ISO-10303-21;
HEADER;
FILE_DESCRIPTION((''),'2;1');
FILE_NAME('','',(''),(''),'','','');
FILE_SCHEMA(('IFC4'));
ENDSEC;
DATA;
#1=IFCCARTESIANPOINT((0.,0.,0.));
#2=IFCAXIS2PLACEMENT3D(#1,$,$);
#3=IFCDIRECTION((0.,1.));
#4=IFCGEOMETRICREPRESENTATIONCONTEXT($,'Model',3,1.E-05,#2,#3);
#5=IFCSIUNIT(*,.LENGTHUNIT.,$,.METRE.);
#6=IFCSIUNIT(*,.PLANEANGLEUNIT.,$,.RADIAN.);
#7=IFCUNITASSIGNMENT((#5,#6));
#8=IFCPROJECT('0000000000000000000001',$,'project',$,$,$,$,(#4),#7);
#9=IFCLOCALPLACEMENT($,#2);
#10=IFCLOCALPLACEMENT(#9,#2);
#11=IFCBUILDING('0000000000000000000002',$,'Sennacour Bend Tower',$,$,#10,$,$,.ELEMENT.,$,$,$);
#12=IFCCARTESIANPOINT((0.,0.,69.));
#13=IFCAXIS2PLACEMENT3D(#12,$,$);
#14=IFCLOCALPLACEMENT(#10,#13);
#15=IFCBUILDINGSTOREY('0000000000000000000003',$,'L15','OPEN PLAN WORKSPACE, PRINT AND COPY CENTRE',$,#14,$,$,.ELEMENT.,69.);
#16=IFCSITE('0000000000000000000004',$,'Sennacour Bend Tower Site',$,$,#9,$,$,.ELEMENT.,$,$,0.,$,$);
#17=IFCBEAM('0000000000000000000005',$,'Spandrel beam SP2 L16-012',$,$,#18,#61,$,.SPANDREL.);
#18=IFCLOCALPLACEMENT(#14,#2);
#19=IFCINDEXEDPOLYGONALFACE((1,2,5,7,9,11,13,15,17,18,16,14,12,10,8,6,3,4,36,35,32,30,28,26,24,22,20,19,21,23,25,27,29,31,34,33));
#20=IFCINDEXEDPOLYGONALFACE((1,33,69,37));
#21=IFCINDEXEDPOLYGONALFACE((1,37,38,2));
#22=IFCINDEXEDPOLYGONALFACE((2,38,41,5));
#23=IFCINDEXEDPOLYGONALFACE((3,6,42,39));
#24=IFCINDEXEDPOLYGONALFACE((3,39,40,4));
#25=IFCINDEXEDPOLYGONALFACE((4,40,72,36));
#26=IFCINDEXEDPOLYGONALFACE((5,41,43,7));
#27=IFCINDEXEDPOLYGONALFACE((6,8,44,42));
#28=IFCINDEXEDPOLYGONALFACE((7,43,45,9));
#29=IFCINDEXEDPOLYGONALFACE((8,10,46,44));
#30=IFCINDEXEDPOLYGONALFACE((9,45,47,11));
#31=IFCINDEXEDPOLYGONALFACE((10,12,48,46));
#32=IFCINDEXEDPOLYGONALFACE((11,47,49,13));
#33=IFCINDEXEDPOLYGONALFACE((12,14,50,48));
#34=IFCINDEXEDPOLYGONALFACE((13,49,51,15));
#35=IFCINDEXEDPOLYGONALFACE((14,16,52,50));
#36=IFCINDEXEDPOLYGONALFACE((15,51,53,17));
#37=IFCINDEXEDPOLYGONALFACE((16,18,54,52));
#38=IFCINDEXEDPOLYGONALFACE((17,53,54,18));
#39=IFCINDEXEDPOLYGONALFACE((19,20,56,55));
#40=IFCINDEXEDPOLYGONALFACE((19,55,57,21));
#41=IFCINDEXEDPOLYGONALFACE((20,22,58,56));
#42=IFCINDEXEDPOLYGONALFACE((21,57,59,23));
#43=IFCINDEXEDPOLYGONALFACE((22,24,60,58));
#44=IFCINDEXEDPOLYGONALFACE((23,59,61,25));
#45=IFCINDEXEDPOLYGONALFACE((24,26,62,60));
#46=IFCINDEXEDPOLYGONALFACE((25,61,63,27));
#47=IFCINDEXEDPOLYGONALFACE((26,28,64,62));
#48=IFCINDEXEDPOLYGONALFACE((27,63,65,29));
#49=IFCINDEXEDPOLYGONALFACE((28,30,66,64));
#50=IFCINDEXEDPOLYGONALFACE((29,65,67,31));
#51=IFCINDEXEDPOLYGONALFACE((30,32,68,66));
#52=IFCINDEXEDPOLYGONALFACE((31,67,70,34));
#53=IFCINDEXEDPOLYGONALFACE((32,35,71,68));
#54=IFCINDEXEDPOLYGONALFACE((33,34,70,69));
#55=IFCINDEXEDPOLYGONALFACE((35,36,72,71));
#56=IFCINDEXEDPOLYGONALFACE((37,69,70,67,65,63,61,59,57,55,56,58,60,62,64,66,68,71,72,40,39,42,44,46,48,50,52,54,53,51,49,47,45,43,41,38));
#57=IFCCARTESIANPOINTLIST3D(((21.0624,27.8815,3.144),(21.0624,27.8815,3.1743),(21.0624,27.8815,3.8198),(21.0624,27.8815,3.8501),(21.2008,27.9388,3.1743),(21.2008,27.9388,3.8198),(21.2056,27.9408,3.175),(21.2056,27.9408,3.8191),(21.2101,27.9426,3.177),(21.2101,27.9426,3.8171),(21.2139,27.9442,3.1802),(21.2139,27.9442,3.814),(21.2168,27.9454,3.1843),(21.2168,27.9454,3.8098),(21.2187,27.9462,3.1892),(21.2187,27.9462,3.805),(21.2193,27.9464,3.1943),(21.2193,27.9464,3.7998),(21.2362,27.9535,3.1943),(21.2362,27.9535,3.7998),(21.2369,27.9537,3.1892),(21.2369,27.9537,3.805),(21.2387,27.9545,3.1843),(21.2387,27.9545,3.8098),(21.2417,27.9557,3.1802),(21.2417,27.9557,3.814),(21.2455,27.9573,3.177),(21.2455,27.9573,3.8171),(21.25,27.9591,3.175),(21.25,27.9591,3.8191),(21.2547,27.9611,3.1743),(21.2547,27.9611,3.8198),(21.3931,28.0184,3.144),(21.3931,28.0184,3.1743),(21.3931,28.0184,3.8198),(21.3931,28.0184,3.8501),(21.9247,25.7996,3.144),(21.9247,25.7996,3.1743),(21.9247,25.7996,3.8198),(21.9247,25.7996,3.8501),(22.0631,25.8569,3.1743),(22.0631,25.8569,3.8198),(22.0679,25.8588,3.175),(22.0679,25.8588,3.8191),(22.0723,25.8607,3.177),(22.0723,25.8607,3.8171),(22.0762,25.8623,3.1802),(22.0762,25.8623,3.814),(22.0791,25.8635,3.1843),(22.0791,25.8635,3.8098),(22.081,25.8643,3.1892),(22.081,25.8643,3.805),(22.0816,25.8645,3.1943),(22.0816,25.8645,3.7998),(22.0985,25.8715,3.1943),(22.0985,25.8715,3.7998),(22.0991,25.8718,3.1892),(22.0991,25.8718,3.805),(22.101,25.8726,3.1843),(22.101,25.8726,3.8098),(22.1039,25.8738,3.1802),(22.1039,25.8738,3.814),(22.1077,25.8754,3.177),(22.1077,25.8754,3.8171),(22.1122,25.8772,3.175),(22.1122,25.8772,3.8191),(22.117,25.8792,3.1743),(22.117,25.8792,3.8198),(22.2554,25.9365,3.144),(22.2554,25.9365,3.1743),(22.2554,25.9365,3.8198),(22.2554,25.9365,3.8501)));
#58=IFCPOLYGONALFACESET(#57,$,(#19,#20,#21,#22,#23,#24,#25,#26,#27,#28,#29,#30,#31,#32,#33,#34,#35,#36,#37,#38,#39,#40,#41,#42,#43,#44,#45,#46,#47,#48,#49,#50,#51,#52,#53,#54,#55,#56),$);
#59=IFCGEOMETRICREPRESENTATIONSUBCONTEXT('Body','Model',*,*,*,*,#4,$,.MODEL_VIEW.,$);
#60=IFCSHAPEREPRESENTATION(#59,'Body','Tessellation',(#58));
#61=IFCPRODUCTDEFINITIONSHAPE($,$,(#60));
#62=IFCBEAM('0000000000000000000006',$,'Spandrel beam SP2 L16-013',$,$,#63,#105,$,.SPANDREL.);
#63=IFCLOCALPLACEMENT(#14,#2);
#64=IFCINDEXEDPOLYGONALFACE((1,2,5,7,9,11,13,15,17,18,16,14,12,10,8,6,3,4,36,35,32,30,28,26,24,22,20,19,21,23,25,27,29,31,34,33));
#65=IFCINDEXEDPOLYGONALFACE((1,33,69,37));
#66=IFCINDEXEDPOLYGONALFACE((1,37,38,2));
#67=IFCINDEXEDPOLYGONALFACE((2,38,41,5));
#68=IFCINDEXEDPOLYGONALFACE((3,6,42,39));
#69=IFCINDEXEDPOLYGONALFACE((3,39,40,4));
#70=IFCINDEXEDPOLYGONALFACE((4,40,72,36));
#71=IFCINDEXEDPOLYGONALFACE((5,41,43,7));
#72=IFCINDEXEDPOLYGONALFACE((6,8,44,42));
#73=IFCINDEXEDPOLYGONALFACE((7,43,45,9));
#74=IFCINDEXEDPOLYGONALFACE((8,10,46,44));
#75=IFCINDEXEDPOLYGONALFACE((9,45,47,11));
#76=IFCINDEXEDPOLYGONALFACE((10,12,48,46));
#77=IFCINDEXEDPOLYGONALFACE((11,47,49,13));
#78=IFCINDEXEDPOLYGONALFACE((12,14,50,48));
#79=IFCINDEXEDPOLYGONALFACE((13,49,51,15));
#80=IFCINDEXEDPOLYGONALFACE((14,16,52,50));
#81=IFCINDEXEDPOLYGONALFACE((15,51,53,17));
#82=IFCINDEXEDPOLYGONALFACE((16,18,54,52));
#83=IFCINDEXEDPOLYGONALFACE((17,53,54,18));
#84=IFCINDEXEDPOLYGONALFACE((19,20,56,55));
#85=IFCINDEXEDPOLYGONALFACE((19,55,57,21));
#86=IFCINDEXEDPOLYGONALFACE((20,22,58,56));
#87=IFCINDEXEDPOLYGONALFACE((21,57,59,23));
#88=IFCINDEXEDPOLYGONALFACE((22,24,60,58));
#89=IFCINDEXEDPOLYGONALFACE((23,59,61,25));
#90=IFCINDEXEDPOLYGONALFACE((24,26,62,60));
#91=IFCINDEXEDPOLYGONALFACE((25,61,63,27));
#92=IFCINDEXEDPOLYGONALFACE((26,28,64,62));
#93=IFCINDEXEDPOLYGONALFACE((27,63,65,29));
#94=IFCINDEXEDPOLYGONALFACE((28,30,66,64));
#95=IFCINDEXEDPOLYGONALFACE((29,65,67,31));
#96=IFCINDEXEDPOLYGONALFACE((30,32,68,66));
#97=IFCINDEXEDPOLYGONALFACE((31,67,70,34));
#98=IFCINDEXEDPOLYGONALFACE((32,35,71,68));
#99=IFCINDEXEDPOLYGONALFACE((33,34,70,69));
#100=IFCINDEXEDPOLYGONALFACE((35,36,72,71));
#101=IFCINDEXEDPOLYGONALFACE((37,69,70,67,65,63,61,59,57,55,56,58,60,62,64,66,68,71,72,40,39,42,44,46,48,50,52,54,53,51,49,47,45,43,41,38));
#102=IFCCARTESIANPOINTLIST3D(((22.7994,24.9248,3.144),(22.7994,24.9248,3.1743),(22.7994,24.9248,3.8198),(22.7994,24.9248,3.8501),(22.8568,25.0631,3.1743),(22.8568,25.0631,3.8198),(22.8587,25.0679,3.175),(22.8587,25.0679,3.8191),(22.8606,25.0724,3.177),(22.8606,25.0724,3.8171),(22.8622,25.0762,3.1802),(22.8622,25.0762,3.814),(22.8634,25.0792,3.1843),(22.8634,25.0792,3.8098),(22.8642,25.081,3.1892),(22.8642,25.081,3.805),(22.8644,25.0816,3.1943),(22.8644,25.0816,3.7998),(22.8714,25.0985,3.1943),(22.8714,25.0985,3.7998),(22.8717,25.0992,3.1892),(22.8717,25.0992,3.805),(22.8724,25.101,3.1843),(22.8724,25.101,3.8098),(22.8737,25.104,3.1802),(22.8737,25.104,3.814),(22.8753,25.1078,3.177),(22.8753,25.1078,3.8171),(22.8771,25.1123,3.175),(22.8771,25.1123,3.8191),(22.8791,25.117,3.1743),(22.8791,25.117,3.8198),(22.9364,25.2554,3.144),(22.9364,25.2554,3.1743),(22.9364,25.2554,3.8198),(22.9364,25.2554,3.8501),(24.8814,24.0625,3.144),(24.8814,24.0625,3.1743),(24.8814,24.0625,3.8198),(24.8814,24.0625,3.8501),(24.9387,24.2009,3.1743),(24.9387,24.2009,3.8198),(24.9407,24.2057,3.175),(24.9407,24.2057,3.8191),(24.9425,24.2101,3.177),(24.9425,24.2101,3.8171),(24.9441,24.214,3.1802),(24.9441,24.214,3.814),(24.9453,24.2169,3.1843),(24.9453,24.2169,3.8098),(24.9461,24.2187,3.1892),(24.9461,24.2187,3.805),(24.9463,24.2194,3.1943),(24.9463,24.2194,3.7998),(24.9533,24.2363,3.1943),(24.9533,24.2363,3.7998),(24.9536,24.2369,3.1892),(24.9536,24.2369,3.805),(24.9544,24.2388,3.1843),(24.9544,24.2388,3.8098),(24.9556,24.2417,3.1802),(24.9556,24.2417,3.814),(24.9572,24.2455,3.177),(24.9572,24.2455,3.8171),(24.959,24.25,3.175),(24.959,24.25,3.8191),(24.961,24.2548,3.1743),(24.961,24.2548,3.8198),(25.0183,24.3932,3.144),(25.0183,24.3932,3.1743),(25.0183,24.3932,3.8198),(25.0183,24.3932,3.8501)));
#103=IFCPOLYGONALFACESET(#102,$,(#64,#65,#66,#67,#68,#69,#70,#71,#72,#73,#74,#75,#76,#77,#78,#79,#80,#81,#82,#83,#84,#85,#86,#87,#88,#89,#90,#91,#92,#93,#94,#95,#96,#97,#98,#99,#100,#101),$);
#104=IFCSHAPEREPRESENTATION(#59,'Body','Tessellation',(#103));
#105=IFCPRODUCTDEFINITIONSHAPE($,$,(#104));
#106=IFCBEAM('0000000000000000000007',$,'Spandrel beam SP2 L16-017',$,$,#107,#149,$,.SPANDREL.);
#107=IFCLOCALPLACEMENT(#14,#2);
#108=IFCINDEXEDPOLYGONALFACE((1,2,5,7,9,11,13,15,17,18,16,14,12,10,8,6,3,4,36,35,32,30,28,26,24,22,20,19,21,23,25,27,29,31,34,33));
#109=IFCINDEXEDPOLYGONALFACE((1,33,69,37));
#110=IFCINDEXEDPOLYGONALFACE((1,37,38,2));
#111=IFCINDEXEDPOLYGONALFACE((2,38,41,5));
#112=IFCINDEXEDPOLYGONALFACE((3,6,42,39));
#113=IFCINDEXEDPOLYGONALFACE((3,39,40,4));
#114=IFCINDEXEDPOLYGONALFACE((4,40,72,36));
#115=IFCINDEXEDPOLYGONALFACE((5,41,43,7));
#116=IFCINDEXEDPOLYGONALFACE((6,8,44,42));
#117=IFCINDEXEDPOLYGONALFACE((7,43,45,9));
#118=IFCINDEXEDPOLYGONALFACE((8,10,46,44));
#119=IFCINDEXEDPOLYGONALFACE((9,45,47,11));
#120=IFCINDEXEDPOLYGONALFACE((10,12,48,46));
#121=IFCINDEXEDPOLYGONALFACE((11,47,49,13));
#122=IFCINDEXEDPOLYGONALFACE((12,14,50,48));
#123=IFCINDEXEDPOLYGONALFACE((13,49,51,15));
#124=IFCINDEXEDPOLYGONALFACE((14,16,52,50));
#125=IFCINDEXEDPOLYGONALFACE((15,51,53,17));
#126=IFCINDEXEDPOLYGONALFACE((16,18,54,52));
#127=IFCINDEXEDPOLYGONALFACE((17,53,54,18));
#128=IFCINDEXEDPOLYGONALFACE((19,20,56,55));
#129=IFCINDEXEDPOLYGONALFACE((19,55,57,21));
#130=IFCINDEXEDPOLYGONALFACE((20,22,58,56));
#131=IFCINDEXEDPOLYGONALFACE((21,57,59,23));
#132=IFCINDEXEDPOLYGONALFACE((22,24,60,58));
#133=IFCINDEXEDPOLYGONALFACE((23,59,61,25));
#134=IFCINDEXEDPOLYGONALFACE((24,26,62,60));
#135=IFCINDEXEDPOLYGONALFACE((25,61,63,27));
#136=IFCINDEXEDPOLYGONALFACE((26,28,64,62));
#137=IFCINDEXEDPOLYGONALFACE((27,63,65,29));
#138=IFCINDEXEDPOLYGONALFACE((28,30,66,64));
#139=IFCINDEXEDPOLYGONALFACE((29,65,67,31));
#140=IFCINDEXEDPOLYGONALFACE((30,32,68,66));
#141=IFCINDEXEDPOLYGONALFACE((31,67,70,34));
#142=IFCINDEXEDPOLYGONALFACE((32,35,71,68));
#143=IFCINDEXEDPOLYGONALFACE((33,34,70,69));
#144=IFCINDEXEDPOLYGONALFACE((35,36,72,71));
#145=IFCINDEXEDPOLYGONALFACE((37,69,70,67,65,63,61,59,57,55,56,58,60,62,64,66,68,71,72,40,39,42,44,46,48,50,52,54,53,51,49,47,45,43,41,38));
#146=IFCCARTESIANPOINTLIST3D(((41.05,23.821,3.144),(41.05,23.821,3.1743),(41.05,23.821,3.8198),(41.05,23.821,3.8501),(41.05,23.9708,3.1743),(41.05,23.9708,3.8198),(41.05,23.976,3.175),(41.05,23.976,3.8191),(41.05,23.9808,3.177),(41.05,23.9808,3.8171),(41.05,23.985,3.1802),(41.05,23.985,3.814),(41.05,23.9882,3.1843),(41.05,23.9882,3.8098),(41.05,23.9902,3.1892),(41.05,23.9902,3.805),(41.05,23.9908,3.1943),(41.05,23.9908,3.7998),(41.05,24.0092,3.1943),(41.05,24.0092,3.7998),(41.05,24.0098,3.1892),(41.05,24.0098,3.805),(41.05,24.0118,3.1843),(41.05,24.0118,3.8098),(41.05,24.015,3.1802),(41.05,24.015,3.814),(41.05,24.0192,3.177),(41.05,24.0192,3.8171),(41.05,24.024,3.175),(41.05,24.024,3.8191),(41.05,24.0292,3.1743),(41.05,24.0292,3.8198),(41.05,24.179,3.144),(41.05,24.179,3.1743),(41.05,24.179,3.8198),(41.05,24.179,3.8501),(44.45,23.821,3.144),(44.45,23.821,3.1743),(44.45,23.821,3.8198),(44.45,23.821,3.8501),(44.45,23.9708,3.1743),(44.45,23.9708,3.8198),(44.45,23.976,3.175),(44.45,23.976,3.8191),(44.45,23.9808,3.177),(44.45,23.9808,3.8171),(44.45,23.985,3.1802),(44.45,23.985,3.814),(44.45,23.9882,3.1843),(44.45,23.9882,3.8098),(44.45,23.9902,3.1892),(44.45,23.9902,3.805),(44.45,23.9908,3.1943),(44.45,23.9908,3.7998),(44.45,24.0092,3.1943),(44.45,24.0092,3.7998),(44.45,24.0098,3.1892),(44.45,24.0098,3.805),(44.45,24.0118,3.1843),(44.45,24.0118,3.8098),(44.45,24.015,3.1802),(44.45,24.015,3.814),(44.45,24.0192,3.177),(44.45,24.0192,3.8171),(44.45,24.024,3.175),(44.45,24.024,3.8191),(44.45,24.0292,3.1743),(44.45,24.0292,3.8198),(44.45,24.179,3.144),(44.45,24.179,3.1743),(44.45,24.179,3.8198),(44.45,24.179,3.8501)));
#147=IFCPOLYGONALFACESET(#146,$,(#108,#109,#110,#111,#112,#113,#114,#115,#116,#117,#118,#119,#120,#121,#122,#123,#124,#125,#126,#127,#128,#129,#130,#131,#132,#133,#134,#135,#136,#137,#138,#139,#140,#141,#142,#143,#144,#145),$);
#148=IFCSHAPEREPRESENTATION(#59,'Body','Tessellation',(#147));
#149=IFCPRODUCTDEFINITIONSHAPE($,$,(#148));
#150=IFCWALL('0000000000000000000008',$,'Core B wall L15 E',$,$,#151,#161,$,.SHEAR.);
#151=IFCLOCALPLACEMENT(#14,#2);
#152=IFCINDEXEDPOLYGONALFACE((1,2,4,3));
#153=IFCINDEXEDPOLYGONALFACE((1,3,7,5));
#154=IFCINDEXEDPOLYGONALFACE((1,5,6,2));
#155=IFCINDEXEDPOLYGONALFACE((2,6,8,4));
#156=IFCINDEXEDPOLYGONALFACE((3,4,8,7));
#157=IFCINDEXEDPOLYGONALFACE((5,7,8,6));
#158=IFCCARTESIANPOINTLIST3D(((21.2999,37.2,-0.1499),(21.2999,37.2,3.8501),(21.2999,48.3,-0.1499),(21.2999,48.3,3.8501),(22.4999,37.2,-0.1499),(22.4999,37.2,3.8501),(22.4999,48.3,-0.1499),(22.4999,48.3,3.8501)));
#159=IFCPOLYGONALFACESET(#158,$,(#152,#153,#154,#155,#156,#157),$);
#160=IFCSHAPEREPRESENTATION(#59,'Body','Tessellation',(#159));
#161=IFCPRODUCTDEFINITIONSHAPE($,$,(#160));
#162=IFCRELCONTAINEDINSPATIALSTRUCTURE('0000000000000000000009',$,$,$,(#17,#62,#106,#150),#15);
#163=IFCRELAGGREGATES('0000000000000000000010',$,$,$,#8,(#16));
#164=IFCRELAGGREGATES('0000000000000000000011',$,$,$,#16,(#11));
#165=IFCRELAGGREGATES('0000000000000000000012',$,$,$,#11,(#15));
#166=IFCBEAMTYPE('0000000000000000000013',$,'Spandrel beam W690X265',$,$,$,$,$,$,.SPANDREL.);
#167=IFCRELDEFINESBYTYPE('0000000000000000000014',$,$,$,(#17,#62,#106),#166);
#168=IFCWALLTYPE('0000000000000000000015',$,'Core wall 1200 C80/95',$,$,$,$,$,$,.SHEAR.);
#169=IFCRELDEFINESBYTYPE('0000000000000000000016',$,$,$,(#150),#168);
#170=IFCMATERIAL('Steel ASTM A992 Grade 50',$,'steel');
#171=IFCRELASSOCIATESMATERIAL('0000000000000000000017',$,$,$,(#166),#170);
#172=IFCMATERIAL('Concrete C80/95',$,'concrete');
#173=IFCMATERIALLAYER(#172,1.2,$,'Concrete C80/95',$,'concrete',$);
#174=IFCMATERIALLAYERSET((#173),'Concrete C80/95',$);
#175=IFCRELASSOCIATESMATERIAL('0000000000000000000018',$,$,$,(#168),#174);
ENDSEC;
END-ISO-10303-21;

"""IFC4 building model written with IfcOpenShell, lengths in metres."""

from ifc_helpers import new_model, si_unit, direction, frame, frame_2d, origin, origin_2d, place, context, subcontext, project, spatial, rectangle, i_section, extrude, material, layer, layer_set, material_profile, profile_set, type_object, element, save


model = new_model("IFC4")

# Units and contexts
model_context = context("Model", 3, precision=1e-05, world=origin(), true_north=direction((0.0, 1.0)))
body_context = subcontext(model_context, "Body", "Model", "MODEL_VIEW")
ifc_project = project(units=[si_unit("LENGTHUNIT", "METRE"), si_unit("PLANEANGLEUNIT", "RADIAN")], contexts=[model_context])

# Site, building, storey
site_placement = place(None, origin())
site = spatial("IfcSite", under=ifc_project, at=site_placement, Name="Sennacour Bend Tower Site", CompositionType="ELEMENT", RefElevation=0.0)
building_placement = place(site_placement, origin())
building = spatial("IfcBuilding", under=site, at=building_placement, Name="Sennacour Bend Tower", CompositionType="ELEMENT")
storey_placement = place(building_placement, frame((0.0, 0.0, 69.0)))
storey = spatial("IfcBuildingStorey", under=building, at=storey_placement, Name="L15", Description="OPEN PLAN WORKSPACE, PRINT AND COPY CENTRE", CompositionType="ELEMENT", Elevation=69.0)

# Beams
ifc_material_1 = material(Name="Steel ASTM A992 Grade 50", Category="steel")
ifc_material_profile_1 = material_profile(ifc_material_1, i_section(OverallWidth=0.3579, OverallDepth=0.7061, WebThickness=0.0183, FlangeThickness=0.0303, FilletRadius=0.02, at=origin_2d()), Name="Steel ASTM A992 Grade 50", Category="steel")
ifc_profile_set_1 = profile_set([ifc_material_profile_1], Name="Steel ASTM A992 Grade 50")
beam_type = type_object("IfcBeamType", Name="Spandrel beam W690X265", PredefinedType="SPANDREL", material=ifc_profile_set_1)
for number, where, z_axis, x_axis, name in (
    (1, (21.2278, 27.95, 3.4971), (0.382645, -0.923895, 0.0), (0.923895, 0.382645, 0.0), "Spandrel beam SP2 L16-012"),
    (2, (22.8679, 25.0901, 3.4971), (0.923895, -0.382645, 0.0), (0.382645, 0.923895, 0.0), "Spandrel beam SP2 L16-013"),
):
    element("IfcBeam", number, at=place(storey_placement, frame(where, z_axis=z_axis, x_axis=x_axis)), inside=storey, type_object=beam_type, Name=name, PredefinedType="SPANDREL", context=body_context, shape_type="SweptSolid", body=[
        extrude(i_section(OverallWidth=0.3579, OverallDepth=0.7061, WebThickness=0.0183, FlangeThickness=0.0303, FilletRadius=0.02, at=origin_2d()), origin(), (0.0, 0.0, 1.0), 2.2534),
    ])
beam_1_placement = place(storey_placement, frame((41.05, 24.0, 3.4971), z_axis=(1.0, 0.0, 0.0), x_axis=(0.0, 1.0, 0.0)))
element("IfcBeam", 3, at=beam_1_placement, inside=storey, type_object=beam_type, Name="Spandrel beam SP2 L16-017", PredefinedType="SPANDREL", context=body_context, shape_type="SweptSolid", body=[
    extrude(i_section(OverallWidth=0.3579, OverallDepth=0.7061, WebThickness=0.0183, FlangeThickness=0.0303, FilletRadius=0.02, at=origin_2d()), origin(), (0.0, 0.0, 1.0), 3.3999),
])

# Wall
ifc_material_2 = material(Name="Concrete C80/95", Category="concrete")
ifc_layer_1 = layer(ifc_material_2, 1.2, Name="Concrete C80/95", Category="concrete")
ifc_layer_set_1 = layer_set([ifc_layer_1], Name="Concrete C80/95")
wall_type_1 = type_object("IfcWallType", Name="Core wall 1200 C80/95", PredefinedType="SHEAR", material=ifc_layer_set_1)
wall_1_placement = place(storey_placement, frame((21.8999, 37.2, -0.1499), z_axis=(0.0, 0.0, 1.0), x_axis=(0.0, 1.0, 0.0)))
element("IfcWall", 4, at=wall_1_placement, inside=storey, type_object=wall_type_1, Name="Core B wall L15 E", PredefinedType="SHEAR", context=body_context, shape_type="SweptSolid", body=[
    extrude(rectangle(XDim=11.1001, YDim=1.2, at=frame_2d((5.55, 0.0))), origin(), (0.0, 0.0, 1.0), 4.0),
])

save(model, "model.ifc")
